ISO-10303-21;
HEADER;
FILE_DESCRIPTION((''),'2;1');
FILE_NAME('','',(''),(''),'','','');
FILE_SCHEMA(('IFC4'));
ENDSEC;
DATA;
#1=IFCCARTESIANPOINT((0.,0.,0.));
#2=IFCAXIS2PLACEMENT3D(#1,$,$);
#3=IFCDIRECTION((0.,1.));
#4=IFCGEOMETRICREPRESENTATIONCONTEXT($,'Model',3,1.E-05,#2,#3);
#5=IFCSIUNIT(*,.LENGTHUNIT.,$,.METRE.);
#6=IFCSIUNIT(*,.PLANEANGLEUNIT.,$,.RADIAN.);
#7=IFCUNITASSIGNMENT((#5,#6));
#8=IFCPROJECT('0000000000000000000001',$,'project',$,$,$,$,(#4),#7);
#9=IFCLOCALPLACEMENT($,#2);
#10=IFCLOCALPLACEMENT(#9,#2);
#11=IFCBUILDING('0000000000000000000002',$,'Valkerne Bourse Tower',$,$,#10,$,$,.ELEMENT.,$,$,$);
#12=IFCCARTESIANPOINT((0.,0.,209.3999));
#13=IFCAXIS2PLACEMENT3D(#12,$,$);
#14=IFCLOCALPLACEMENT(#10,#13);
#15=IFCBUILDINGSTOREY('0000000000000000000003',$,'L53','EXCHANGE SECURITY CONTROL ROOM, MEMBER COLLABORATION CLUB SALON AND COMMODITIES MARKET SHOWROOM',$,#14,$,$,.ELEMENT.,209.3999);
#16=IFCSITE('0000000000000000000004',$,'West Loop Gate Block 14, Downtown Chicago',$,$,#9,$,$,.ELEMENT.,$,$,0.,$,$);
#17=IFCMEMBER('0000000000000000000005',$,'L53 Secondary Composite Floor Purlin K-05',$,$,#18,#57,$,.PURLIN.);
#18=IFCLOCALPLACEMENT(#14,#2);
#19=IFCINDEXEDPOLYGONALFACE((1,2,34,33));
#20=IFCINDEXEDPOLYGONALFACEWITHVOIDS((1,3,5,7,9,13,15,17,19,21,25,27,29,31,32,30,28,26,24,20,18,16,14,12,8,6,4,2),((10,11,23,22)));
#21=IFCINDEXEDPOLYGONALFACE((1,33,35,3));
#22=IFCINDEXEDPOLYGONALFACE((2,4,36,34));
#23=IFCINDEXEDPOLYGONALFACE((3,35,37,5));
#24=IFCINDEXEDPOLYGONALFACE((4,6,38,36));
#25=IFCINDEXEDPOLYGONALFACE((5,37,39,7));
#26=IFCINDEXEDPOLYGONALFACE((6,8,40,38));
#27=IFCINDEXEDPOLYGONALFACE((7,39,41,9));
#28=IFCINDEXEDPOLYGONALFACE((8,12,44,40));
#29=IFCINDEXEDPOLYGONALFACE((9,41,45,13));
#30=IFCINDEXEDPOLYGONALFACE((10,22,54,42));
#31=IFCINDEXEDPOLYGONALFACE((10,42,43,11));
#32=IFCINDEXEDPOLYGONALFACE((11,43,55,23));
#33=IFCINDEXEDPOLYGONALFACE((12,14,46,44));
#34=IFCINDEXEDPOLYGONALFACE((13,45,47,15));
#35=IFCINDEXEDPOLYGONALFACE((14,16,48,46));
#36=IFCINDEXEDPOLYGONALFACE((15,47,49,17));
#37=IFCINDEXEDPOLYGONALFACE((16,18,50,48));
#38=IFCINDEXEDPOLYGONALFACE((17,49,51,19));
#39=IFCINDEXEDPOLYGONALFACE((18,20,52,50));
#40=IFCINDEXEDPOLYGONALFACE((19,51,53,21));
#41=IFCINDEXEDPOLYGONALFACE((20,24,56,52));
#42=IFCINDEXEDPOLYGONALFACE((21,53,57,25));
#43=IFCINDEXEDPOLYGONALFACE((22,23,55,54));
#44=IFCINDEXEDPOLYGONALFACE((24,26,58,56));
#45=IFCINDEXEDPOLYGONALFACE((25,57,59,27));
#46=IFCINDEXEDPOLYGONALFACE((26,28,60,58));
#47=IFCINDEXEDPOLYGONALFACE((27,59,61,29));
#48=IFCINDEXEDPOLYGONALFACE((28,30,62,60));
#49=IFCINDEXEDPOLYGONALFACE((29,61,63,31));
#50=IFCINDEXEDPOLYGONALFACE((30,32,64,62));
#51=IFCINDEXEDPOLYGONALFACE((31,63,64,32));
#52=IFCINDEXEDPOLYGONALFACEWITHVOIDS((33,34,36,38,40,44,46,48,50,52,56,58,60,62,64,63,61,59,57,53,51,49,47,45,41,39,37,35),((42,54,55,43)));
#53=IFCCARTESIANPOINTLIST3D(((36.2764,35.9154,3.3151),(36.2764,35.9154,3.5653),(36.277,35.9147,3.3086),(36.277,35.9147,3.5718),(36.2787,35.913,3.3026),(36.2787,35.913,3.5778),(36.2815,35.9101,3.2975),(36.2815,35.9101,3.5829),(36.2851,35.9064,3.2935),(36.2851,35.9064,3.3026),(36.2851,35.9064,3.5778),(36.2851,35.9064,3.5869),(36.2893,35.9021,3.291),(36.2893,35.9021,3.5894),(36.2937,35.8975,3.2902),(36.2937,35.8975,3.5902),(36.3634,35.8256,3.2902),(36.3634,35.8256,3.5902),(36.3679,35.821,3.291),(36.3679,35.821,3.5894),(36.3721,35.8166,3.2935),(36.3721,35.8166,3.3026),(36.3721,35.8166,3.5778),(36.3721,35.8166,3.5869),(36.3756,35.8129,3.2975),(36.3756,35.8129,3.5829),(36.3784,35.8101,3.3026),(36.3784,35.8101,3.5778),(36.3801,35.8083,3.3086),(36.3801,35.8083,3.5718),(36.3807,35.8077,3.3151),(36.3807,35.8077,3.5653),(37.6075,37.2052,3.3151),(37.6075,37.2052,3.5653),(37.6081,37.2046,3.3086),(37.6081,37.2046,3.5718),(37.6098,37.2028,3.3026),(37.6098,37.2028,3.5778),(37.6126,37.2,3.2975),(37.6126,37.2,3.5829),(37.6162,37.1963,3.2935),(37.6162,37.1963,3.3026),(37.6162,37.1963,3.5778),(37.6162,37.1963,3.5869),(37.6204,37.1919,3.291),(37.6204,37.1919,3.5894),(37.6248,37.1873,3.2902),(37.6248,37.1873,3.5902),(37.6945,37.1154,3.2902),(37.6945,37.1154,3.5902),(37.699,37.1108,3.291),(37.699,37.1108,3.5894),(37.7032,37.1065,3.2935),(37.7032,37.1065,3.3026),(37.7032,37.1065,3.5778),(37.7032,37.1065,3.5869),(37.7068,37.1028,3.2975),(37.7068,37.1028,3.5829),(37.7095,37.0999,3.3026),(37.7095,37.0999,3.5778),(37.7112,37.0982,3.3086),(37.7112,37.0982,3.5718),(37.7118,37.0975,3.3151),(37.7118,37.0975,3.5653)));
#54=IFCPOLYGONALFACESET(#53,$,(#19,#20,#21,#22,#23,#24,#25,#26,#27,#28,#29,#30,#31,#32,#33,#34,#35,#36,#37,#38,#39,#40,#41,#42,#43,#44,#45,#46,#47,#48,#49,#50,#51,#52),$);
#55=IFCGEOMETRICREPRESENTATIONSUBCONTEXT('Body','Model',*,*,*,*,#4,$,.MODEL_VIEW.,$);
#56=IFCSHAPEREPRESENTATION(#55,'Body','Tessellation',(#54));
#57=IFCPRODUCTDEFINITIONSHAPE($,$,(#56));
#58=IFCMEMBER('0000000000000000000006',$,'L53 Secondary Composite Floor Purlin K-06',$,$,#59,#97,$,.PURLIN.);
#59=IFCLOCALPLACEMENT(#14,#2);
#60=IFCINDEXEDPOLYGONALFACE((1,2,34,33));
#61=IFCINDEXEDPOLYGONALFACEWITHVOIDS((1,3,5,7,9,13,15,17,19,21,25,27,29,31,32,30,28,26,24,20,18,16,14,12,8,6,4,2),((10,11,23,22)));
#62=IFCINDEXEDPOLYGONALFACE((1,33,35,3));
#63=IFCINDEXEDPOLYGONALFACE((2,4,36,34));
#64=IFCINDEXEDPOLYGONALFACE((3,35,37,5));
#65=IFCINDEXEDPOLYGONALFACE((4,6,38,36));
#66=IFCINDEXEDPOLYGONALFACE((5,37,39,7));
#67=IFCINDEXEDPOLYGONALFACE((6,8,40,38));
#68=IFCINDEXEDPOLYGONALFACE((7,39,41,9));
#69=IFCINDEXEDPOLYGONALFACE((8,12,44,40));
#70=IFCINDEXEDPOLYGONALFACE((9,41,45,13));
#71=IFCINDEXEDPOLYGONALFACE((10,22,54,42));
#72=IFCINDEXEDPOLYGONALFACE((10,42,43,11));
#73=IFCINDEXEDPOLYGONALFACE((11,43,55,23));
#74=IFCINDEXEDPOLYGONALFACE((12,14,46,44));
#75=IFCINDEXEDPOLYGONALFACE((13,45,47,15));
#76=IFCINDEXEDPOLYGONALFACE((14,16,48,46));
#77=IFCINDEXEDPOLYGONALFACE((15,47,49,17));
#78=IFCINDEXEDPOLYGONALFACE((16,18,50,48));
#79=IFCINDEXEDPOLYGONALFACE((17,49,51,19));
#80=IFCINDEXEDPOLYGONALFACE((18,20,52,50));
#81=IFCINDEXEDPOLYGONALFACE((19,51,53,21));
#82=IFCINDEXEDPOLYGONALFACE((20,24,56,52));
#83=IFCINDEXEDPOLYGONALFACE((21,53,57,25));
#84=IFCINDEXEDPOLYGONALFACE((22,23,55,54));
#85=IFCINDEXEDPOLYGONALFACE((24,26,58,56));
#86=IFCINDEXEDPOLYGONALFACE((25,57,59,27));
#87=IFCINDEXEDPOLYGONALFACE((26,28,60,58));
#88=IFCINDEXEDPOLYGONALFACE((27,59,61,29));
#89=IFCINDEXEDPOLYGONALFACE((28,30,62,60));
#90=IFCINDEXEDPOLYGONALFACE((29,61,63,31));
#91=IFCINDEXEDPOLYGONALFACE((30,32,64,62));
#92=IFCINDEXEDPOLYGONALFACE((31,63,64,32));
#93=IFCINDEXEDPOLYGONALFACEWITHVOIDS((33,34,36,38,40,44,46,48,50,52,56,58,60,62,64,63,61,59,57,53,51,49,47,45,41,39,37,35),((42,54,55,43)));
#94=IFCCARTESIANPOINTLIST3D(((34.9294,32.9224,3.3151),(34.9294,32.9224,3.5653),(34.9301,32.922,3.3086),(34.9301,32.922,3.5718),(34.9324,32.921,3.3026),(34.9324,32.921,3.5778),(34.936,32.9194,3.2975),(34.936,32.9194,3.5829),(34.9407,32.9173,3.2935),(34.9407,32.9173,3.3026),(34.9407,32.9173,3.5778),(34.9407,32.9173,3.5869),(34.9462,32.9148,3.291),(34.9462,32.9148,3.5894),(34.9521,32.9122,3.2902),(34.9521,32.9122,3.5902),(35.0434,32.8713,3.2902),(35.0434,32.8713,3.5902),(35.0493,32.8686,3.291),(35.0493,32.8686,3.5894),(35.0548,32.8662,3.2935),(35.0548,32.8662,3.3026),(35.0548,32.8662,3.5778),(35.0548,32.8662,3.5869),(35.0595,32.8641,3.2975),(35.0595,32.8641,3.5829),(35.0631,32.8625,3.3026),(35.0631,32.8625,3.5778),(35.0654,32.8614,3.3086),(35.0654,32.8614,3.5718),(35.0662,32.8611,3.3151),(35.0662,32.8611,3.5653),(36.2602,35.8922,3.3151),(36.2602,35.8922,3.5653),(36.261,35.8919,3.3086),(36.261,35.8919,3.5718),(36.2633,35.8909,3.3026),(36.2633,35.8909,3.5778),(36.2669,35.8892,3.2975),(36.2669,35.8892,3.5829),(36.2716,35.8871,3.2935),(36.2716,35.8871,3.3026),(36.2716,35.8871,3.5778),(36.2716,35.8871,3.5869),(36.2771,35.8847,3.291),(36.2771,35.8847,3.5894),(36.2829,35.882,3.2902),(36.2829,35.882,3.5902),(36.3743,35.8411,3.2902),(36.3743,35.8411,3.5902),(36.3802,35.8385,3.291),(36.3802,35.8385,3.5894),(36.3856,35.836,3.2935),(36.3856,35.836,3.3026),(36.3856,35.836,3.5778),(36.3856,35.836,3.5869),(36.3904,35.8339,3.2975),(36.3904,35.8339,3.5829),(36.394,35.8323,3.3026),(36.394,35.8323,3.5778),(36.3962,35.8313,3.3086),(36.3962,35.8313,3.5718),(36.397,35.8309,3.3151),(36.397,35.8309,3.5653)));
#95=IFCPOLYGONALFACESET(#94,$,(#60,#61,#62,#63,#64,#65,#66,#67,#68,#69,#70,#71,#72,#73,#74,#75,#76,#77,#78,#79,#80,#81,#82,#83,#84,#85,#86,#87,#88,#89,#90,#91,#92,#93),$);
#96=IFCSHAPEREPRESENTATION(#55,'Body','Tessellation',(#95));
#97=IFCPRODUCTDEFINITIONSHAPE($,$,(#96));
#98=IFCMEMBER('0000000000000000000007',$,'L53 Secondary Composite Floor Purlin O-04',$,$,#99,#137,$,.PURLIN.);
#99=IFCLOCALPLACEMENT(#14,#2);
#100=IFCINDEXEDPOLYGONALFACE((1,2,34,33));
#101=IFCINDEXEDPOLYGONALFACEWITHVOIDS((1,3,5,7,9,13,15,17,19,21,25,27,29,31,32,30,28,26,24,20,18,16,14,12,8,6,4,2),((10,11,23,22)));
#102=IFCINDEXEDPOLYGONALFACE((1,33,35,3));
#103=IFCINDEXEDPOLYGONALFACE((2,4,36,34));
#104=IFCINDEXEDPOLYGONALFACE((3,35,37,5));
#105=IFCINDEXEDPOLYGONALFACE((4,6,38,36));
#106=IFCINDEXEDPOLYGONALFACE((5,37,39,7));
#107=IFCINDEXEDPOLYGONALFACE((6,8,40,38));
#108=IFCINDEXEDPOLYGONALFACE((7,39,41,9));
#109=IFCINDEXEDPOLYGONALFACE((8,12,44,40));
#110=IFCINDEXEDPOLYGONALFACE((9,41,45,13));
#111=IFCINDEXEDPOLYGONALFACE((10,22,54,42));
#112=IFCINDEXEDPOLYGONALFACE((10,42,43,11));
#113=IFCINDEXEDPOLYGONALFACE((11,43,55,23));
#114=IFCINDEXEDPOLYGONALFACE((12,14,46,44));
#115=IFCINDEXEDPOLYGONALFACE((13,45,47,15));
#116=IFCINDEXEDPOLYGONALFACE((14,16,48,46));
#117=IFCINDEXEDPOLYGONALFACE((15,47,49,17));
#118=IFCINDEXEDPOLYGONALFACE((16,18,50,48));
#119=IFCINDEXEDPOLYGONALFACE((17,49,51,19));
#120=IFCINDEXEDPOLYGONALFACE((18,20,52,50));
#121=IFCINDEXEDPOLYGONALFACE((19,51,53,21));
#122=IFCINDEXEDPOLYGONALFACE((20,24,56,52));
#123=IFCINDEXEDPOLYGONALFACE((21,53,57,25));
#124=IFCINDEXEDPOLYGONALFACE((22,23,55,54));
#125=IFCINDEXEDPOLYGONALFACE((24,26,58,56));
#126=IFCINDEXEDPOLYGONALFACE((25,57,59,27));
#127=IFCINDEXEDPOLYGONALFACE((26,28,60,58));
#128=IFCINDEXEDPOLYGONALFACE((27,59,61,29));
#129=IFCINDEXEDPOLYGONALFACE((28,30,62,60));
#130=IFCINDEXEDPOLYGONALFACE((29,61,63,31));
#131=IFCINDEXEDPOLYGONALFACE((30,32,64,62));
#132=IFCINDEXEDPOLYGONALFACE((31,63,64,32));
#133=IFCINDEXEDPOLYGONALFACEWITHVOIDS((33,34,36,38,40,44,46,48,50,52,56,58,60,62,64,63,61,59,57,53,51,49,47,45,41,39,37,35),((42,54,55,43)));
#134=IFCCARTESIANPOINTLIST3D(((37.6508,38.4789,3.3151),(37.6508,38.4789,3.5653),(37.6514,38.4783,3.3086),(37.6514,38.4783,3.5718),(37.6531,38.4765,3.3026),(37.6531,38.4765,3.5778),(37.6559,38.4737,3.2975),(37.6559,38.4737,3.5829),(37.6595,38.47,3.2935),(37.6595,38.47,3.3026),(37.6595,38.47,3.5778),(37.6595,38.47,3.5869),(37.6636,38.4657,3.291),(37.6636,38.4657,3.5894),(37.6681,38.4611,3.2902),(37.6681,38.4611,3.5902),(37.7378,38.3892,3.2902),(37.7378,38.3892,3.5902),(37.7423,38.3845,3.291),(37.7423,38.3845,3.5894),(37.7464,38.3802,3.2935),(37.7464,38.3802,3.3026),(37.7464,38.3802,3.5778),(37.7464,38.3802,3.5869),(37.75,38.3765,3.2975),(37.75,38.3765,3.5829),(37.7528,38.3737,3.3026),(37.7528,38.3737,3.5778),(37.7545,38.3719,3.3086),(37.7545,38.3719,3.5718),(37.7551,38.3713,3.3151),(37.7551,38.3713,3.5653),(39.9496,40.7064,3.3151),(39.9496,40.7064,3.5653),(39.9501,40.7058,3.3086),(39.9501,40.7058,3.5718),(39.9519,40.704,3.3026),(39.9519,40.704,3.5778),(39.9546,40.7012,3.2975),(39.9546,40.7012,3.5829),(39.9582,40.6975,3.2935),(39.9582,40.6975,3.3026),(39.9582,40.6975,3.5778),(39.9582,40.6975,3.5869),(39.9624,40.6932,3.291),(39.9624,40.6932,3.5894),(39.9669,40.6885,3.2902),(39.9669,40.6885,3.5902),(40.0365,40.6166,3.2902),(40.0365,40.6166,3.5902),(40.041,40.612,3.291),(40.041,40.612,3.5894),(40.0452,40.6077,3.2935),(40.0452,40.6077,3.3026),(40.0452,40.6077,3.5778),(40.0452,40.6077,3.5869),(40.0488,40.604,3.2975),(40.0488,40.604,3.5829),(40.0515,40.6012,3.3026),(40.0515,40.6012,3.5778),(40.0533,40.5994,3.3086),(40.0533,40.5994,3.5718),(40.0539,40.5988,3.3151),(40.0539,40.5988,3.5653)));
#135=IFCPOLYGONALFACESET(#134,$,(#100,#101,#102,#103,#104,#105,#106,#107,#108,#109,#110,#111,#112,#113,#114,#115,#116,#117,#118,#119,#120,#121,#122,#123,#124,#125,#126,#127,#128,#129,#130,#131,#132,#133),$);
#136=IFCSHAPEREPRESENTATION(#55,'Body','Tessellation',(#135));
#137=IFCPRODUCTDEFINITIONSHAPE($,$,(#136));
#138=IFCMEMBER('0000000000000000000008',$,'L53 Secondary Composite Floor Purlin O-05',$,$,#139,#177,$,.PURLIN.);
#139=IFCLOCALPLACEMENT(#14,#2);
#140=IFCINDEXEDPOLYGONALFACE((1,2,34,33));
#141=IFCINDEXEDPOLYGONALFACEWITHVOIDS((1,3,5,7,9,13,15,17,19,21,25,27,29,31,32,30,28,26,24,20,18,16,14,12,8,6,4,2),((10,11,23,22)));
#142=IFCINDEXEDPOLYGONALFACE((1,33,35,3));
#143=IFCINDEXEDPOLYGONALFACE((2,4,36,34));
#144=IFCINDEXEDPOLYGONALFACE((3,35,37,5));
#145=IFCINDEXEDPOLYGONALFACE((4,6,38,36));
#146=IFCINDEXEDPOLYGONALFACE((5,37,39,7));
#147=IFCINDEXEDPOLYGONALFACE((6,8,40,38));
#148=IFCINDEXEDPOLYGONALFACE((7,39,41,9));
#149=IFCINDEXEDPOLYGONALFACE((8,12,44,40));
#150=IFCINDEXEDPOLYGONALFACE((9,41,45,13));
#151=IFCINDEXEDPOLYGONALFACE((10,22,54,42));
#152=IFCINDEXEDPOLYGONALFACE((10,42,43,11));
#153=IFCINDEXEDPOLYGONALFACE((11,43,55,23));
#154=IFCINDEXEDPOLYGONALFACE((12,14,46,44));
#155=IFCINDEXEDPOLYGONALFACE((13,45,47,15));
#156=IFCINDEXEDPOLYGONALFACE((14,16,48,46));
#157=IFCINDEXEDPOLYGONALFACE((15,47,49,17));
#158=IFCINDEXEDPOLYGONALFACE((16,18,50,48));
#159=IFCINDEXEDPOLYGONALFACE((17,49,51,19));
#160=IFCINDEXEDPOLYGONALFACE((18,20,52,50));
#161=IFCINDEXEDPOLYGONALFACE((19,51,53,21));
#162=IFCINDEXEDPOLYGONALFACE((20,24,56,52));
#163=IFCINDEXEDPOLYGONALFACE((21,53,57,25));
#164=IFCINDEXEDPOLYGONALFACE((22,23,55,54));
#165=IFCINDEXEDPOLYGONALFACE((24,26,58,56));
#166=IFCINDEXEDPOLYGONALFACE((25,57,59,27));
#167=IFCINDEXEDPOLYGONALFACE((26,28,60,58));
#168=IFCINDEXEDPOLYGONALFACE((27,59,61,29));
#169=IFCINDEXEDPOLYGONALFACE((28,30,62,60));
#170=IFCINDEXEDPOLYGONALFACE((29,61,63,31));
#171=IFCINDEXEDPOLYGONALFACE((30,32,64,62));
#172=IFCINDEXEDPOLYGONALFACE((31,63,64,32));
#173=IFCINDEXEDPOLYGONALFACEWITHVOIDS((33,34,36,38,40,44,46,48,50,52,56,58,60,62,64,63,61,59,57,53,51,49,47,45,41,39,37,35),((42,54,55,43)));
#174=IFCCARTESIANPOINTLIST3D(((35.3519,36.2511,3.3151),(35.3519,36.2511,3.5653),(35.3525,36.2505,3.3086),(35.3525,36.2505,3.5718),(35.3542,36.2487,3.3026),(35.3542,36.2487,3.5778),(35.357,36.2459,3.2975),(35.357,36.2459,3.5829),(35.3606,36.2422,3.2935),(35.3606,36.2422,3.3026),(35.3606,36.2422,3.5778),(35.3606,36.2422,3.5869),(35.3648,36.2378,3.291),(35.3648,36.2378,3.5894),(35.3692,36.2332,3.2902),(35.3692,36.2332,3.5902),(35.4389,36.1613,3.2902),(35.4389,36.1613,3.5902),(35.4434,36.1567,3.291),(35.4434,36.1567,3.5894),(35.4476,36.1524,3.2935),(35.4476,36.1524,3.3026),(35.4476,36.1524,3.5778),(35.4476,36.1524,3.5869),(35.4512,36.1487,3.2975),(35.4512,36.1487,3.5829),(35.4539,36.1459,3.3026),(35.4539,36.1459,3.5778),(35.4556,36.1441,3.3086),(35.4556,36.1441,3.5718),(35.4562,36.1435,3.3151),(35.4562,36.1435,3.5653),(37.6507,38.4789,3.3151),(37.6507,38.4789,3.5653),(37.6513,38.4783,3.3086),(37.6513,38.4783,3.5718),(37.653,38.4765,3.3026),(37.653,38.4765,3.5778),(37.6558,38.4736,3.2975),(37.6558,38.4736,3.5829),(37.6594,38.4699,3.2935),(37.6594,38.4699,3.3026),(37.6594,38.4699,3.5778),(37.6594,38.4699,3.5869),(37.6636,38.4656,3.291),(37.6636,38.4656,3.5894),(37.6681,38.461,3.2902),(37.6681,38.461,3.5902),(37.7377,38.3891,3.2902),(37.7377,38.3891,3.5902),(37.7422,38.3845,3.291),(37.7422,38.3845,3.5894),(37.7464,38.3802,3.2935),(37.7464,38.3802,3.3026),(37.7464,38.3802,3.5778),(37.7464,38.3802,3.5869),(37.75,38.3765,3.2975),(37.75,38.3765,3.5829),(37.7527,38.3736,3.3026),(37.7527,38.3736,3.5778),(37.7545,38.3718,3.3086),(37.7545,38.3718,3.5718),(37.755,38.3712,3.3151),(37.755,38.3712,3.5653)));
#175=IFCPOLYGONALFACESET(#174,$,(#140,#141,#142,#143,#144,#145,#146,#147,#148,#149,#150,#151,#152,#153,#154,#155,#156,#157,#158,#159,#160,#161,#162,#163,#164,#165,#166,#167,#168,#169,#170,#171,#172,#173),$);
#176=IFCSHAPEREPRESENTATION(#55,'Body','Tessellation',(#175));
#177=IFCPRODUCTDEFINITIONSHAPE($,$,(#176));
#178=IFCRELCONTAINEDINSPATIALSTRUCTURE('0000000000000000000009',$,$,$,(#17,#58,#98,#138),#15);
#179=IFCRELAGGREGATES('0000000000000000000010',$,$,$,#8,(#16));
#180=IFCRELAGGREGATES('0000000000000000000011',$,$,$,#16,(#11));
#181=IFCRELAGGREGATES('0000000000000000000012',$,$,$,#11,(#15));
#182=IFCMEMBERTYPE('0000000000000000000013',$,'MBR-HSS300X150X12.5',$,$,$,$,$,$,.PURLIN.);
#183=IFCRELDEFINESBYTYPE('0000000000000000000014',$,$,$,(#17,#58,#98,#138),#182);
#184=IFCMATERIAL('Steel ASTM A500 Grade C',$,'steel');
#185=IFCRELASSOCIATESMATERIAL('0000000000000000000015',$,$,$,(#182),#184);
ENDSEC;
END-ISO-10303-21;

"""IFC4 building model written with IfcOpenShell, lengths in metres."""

from ifc_helpers import new_model, si_unit, direction, frame, origin, origin_2d, place, context, subcontext, project, spatial, hollow_rectangle, extrude, material, material_profile, profile_set, type_object, element, save


model = new_model("IFC4")

# Units and contexts
model_context = context("Model", 3, precision=1e-05, world=origin(), true_north=direction((0.0, 1.0)))
body_context = subcontext(model_context, "Body", "Model", "MODEL_VIEW")
ifc_project = project(units=[si_unit("LENGTHUNIT", "METRE"), si_unit("PLANEANGLEUNIT", "RADIAN")], contexts=[model_context])

# Site, building, storey
site_placement = place(None, origin())
site = spatial("IfcSite", under=ifc_project, at=site_placement, Name="West Loop Gate Block 14, Downtown Chicago", CompositionType="ELEMENT", RefElevation=0.0)
building_placement = place(site_placement, origin())
building = spatial("IfcBuilding", under=site, at=building_placement, Name="Valkerne Bourse Tower", CompositionType="ELEMENT")
storey_placement = place(building_placement, frame((0.0, 0.0, 209.3999)))
storey = spatial("IfcBuildingStorey", under=building, at=storey_placement, Name="L53", Description="EXCHANGE SECURITY CONTROL ROOM, MEMBER COLLABORATION CLUB SALON AND COMMODITIES MARKET SHOWROOM", CompositionType="ELEMENT", Elevation=209.3999)

# Members
ifc_material_1 = material(Name="Steel ASTM A500 Grade C", Category="steel")
ifc_material_profile_1 = material_profile(ifc_material_1, hollow_rectangle(XDim=0.1499, YDim=0.3, WallThickness=0.0125, OuterFilletRadius=0.0249, at=origin_2d()), Name="HSS300X150X12.5")
ifc_profile_set_1 = profile_set([ifc_material_profile_1], Name="Steel ASTM A500 Grade C")
member_type_1 = type_object("IfcMemberType", Name="MBR-HSS300X150X12.5", PredefinedType="PURLIN", material=ifc_profile_set_1)
member_1_placement = place(storey_placement, frame((37.6597, 37.1514, 3.4402), z_axis=(-0.71815, -0.695889, 0.0), x_axis=(0.695889, -0.71815, 0.0)))
element("IfcMember", 1, at=member_1_placement, inside=storey, type_object=member_type_1, Name="L53 Secondary Composite Floor Purlin K-05", PredefinedType="PURLIN", context=body_context, shape_type="SweptSolid", body=[
    extrude(hollow_rectangle(XDim=0.1499, YDim=0.3, WallThickness=0.0125, OuterFilletRadius=0.0249, at=origin_2d()), origin(), (0.0, 0.0, 1.0), 1.8535),
])
member_2_placement = place(storey_placement, frame((36.3286, 35.8616, 3.4402), z_axis=(-0.408942, -0.91256, 0.0), x_axis=(0.91256, -0.408942, 0.0)))
element("IfcMember", 2, at=member_2_placement, inside=storey, type_object=member_type_1, Name="L53 Secondary Composite Floor Purlin K-06", PredefinedType="PURLIN", context=body_context, shape_type="SweptSolid", body=[
    extrude(hollow_rectangle(XDim=0.1499, YDim=0.3, WallThickness=0.0125, OuterFilletRadius=0.0249, at=origin_2d()), origin(), (0.0, 0.0, 1.0), 3.2544),
])
member_3_placement = place(storey_placement, frame((40.0017, 40.6526, 3.4402), z_axis=(-0.718154, -0.695884, 0.0), x_axis=(0.695884, -0.718154, 0.0)))
element("IfcMember", 3, at=member_3_placement, inside=storey, type_object=member_type_1, Name="L53 Secondary Composite Floor Purlin O-04", PredefinedType="PURLIN", context=body_context, shape_type="SweptSolid", body=[
    extrude(hollow_rectangle(XDim=0.1499, YDim=0.3, WallThickness=0.0125, OuterFilletRadius=0.0249, at=origin_2d()), origin(), (0.0, 0.0, 1.0), 3.2009),
])
member_4_placement = place(storey_placement, frame((37.7029, 38.425, 3.4402), z_axis=(-0.718116, -0.695923, 0.0), x_axis=(0.695923, -0.718116, 0.0)))
element("IfcMember", 4, at=member_4_placement, inside=storey, type_object=member_type_1, Name="L53 Secondary Composite Floor Purlin O-05", PredefinedType="PURLIN", context=body_context, shape_type="SweptSolid", body=[
    extrude(hollow_rectangle(XDim=0.1499, YDim=0.3, WallThickness=0.0125, OuterFilletRadius=0.0249, at=origin_2d()), origin(), (0.0, 0.0, 1.0), 3.2012),
])

save(model, "model.ifc")
